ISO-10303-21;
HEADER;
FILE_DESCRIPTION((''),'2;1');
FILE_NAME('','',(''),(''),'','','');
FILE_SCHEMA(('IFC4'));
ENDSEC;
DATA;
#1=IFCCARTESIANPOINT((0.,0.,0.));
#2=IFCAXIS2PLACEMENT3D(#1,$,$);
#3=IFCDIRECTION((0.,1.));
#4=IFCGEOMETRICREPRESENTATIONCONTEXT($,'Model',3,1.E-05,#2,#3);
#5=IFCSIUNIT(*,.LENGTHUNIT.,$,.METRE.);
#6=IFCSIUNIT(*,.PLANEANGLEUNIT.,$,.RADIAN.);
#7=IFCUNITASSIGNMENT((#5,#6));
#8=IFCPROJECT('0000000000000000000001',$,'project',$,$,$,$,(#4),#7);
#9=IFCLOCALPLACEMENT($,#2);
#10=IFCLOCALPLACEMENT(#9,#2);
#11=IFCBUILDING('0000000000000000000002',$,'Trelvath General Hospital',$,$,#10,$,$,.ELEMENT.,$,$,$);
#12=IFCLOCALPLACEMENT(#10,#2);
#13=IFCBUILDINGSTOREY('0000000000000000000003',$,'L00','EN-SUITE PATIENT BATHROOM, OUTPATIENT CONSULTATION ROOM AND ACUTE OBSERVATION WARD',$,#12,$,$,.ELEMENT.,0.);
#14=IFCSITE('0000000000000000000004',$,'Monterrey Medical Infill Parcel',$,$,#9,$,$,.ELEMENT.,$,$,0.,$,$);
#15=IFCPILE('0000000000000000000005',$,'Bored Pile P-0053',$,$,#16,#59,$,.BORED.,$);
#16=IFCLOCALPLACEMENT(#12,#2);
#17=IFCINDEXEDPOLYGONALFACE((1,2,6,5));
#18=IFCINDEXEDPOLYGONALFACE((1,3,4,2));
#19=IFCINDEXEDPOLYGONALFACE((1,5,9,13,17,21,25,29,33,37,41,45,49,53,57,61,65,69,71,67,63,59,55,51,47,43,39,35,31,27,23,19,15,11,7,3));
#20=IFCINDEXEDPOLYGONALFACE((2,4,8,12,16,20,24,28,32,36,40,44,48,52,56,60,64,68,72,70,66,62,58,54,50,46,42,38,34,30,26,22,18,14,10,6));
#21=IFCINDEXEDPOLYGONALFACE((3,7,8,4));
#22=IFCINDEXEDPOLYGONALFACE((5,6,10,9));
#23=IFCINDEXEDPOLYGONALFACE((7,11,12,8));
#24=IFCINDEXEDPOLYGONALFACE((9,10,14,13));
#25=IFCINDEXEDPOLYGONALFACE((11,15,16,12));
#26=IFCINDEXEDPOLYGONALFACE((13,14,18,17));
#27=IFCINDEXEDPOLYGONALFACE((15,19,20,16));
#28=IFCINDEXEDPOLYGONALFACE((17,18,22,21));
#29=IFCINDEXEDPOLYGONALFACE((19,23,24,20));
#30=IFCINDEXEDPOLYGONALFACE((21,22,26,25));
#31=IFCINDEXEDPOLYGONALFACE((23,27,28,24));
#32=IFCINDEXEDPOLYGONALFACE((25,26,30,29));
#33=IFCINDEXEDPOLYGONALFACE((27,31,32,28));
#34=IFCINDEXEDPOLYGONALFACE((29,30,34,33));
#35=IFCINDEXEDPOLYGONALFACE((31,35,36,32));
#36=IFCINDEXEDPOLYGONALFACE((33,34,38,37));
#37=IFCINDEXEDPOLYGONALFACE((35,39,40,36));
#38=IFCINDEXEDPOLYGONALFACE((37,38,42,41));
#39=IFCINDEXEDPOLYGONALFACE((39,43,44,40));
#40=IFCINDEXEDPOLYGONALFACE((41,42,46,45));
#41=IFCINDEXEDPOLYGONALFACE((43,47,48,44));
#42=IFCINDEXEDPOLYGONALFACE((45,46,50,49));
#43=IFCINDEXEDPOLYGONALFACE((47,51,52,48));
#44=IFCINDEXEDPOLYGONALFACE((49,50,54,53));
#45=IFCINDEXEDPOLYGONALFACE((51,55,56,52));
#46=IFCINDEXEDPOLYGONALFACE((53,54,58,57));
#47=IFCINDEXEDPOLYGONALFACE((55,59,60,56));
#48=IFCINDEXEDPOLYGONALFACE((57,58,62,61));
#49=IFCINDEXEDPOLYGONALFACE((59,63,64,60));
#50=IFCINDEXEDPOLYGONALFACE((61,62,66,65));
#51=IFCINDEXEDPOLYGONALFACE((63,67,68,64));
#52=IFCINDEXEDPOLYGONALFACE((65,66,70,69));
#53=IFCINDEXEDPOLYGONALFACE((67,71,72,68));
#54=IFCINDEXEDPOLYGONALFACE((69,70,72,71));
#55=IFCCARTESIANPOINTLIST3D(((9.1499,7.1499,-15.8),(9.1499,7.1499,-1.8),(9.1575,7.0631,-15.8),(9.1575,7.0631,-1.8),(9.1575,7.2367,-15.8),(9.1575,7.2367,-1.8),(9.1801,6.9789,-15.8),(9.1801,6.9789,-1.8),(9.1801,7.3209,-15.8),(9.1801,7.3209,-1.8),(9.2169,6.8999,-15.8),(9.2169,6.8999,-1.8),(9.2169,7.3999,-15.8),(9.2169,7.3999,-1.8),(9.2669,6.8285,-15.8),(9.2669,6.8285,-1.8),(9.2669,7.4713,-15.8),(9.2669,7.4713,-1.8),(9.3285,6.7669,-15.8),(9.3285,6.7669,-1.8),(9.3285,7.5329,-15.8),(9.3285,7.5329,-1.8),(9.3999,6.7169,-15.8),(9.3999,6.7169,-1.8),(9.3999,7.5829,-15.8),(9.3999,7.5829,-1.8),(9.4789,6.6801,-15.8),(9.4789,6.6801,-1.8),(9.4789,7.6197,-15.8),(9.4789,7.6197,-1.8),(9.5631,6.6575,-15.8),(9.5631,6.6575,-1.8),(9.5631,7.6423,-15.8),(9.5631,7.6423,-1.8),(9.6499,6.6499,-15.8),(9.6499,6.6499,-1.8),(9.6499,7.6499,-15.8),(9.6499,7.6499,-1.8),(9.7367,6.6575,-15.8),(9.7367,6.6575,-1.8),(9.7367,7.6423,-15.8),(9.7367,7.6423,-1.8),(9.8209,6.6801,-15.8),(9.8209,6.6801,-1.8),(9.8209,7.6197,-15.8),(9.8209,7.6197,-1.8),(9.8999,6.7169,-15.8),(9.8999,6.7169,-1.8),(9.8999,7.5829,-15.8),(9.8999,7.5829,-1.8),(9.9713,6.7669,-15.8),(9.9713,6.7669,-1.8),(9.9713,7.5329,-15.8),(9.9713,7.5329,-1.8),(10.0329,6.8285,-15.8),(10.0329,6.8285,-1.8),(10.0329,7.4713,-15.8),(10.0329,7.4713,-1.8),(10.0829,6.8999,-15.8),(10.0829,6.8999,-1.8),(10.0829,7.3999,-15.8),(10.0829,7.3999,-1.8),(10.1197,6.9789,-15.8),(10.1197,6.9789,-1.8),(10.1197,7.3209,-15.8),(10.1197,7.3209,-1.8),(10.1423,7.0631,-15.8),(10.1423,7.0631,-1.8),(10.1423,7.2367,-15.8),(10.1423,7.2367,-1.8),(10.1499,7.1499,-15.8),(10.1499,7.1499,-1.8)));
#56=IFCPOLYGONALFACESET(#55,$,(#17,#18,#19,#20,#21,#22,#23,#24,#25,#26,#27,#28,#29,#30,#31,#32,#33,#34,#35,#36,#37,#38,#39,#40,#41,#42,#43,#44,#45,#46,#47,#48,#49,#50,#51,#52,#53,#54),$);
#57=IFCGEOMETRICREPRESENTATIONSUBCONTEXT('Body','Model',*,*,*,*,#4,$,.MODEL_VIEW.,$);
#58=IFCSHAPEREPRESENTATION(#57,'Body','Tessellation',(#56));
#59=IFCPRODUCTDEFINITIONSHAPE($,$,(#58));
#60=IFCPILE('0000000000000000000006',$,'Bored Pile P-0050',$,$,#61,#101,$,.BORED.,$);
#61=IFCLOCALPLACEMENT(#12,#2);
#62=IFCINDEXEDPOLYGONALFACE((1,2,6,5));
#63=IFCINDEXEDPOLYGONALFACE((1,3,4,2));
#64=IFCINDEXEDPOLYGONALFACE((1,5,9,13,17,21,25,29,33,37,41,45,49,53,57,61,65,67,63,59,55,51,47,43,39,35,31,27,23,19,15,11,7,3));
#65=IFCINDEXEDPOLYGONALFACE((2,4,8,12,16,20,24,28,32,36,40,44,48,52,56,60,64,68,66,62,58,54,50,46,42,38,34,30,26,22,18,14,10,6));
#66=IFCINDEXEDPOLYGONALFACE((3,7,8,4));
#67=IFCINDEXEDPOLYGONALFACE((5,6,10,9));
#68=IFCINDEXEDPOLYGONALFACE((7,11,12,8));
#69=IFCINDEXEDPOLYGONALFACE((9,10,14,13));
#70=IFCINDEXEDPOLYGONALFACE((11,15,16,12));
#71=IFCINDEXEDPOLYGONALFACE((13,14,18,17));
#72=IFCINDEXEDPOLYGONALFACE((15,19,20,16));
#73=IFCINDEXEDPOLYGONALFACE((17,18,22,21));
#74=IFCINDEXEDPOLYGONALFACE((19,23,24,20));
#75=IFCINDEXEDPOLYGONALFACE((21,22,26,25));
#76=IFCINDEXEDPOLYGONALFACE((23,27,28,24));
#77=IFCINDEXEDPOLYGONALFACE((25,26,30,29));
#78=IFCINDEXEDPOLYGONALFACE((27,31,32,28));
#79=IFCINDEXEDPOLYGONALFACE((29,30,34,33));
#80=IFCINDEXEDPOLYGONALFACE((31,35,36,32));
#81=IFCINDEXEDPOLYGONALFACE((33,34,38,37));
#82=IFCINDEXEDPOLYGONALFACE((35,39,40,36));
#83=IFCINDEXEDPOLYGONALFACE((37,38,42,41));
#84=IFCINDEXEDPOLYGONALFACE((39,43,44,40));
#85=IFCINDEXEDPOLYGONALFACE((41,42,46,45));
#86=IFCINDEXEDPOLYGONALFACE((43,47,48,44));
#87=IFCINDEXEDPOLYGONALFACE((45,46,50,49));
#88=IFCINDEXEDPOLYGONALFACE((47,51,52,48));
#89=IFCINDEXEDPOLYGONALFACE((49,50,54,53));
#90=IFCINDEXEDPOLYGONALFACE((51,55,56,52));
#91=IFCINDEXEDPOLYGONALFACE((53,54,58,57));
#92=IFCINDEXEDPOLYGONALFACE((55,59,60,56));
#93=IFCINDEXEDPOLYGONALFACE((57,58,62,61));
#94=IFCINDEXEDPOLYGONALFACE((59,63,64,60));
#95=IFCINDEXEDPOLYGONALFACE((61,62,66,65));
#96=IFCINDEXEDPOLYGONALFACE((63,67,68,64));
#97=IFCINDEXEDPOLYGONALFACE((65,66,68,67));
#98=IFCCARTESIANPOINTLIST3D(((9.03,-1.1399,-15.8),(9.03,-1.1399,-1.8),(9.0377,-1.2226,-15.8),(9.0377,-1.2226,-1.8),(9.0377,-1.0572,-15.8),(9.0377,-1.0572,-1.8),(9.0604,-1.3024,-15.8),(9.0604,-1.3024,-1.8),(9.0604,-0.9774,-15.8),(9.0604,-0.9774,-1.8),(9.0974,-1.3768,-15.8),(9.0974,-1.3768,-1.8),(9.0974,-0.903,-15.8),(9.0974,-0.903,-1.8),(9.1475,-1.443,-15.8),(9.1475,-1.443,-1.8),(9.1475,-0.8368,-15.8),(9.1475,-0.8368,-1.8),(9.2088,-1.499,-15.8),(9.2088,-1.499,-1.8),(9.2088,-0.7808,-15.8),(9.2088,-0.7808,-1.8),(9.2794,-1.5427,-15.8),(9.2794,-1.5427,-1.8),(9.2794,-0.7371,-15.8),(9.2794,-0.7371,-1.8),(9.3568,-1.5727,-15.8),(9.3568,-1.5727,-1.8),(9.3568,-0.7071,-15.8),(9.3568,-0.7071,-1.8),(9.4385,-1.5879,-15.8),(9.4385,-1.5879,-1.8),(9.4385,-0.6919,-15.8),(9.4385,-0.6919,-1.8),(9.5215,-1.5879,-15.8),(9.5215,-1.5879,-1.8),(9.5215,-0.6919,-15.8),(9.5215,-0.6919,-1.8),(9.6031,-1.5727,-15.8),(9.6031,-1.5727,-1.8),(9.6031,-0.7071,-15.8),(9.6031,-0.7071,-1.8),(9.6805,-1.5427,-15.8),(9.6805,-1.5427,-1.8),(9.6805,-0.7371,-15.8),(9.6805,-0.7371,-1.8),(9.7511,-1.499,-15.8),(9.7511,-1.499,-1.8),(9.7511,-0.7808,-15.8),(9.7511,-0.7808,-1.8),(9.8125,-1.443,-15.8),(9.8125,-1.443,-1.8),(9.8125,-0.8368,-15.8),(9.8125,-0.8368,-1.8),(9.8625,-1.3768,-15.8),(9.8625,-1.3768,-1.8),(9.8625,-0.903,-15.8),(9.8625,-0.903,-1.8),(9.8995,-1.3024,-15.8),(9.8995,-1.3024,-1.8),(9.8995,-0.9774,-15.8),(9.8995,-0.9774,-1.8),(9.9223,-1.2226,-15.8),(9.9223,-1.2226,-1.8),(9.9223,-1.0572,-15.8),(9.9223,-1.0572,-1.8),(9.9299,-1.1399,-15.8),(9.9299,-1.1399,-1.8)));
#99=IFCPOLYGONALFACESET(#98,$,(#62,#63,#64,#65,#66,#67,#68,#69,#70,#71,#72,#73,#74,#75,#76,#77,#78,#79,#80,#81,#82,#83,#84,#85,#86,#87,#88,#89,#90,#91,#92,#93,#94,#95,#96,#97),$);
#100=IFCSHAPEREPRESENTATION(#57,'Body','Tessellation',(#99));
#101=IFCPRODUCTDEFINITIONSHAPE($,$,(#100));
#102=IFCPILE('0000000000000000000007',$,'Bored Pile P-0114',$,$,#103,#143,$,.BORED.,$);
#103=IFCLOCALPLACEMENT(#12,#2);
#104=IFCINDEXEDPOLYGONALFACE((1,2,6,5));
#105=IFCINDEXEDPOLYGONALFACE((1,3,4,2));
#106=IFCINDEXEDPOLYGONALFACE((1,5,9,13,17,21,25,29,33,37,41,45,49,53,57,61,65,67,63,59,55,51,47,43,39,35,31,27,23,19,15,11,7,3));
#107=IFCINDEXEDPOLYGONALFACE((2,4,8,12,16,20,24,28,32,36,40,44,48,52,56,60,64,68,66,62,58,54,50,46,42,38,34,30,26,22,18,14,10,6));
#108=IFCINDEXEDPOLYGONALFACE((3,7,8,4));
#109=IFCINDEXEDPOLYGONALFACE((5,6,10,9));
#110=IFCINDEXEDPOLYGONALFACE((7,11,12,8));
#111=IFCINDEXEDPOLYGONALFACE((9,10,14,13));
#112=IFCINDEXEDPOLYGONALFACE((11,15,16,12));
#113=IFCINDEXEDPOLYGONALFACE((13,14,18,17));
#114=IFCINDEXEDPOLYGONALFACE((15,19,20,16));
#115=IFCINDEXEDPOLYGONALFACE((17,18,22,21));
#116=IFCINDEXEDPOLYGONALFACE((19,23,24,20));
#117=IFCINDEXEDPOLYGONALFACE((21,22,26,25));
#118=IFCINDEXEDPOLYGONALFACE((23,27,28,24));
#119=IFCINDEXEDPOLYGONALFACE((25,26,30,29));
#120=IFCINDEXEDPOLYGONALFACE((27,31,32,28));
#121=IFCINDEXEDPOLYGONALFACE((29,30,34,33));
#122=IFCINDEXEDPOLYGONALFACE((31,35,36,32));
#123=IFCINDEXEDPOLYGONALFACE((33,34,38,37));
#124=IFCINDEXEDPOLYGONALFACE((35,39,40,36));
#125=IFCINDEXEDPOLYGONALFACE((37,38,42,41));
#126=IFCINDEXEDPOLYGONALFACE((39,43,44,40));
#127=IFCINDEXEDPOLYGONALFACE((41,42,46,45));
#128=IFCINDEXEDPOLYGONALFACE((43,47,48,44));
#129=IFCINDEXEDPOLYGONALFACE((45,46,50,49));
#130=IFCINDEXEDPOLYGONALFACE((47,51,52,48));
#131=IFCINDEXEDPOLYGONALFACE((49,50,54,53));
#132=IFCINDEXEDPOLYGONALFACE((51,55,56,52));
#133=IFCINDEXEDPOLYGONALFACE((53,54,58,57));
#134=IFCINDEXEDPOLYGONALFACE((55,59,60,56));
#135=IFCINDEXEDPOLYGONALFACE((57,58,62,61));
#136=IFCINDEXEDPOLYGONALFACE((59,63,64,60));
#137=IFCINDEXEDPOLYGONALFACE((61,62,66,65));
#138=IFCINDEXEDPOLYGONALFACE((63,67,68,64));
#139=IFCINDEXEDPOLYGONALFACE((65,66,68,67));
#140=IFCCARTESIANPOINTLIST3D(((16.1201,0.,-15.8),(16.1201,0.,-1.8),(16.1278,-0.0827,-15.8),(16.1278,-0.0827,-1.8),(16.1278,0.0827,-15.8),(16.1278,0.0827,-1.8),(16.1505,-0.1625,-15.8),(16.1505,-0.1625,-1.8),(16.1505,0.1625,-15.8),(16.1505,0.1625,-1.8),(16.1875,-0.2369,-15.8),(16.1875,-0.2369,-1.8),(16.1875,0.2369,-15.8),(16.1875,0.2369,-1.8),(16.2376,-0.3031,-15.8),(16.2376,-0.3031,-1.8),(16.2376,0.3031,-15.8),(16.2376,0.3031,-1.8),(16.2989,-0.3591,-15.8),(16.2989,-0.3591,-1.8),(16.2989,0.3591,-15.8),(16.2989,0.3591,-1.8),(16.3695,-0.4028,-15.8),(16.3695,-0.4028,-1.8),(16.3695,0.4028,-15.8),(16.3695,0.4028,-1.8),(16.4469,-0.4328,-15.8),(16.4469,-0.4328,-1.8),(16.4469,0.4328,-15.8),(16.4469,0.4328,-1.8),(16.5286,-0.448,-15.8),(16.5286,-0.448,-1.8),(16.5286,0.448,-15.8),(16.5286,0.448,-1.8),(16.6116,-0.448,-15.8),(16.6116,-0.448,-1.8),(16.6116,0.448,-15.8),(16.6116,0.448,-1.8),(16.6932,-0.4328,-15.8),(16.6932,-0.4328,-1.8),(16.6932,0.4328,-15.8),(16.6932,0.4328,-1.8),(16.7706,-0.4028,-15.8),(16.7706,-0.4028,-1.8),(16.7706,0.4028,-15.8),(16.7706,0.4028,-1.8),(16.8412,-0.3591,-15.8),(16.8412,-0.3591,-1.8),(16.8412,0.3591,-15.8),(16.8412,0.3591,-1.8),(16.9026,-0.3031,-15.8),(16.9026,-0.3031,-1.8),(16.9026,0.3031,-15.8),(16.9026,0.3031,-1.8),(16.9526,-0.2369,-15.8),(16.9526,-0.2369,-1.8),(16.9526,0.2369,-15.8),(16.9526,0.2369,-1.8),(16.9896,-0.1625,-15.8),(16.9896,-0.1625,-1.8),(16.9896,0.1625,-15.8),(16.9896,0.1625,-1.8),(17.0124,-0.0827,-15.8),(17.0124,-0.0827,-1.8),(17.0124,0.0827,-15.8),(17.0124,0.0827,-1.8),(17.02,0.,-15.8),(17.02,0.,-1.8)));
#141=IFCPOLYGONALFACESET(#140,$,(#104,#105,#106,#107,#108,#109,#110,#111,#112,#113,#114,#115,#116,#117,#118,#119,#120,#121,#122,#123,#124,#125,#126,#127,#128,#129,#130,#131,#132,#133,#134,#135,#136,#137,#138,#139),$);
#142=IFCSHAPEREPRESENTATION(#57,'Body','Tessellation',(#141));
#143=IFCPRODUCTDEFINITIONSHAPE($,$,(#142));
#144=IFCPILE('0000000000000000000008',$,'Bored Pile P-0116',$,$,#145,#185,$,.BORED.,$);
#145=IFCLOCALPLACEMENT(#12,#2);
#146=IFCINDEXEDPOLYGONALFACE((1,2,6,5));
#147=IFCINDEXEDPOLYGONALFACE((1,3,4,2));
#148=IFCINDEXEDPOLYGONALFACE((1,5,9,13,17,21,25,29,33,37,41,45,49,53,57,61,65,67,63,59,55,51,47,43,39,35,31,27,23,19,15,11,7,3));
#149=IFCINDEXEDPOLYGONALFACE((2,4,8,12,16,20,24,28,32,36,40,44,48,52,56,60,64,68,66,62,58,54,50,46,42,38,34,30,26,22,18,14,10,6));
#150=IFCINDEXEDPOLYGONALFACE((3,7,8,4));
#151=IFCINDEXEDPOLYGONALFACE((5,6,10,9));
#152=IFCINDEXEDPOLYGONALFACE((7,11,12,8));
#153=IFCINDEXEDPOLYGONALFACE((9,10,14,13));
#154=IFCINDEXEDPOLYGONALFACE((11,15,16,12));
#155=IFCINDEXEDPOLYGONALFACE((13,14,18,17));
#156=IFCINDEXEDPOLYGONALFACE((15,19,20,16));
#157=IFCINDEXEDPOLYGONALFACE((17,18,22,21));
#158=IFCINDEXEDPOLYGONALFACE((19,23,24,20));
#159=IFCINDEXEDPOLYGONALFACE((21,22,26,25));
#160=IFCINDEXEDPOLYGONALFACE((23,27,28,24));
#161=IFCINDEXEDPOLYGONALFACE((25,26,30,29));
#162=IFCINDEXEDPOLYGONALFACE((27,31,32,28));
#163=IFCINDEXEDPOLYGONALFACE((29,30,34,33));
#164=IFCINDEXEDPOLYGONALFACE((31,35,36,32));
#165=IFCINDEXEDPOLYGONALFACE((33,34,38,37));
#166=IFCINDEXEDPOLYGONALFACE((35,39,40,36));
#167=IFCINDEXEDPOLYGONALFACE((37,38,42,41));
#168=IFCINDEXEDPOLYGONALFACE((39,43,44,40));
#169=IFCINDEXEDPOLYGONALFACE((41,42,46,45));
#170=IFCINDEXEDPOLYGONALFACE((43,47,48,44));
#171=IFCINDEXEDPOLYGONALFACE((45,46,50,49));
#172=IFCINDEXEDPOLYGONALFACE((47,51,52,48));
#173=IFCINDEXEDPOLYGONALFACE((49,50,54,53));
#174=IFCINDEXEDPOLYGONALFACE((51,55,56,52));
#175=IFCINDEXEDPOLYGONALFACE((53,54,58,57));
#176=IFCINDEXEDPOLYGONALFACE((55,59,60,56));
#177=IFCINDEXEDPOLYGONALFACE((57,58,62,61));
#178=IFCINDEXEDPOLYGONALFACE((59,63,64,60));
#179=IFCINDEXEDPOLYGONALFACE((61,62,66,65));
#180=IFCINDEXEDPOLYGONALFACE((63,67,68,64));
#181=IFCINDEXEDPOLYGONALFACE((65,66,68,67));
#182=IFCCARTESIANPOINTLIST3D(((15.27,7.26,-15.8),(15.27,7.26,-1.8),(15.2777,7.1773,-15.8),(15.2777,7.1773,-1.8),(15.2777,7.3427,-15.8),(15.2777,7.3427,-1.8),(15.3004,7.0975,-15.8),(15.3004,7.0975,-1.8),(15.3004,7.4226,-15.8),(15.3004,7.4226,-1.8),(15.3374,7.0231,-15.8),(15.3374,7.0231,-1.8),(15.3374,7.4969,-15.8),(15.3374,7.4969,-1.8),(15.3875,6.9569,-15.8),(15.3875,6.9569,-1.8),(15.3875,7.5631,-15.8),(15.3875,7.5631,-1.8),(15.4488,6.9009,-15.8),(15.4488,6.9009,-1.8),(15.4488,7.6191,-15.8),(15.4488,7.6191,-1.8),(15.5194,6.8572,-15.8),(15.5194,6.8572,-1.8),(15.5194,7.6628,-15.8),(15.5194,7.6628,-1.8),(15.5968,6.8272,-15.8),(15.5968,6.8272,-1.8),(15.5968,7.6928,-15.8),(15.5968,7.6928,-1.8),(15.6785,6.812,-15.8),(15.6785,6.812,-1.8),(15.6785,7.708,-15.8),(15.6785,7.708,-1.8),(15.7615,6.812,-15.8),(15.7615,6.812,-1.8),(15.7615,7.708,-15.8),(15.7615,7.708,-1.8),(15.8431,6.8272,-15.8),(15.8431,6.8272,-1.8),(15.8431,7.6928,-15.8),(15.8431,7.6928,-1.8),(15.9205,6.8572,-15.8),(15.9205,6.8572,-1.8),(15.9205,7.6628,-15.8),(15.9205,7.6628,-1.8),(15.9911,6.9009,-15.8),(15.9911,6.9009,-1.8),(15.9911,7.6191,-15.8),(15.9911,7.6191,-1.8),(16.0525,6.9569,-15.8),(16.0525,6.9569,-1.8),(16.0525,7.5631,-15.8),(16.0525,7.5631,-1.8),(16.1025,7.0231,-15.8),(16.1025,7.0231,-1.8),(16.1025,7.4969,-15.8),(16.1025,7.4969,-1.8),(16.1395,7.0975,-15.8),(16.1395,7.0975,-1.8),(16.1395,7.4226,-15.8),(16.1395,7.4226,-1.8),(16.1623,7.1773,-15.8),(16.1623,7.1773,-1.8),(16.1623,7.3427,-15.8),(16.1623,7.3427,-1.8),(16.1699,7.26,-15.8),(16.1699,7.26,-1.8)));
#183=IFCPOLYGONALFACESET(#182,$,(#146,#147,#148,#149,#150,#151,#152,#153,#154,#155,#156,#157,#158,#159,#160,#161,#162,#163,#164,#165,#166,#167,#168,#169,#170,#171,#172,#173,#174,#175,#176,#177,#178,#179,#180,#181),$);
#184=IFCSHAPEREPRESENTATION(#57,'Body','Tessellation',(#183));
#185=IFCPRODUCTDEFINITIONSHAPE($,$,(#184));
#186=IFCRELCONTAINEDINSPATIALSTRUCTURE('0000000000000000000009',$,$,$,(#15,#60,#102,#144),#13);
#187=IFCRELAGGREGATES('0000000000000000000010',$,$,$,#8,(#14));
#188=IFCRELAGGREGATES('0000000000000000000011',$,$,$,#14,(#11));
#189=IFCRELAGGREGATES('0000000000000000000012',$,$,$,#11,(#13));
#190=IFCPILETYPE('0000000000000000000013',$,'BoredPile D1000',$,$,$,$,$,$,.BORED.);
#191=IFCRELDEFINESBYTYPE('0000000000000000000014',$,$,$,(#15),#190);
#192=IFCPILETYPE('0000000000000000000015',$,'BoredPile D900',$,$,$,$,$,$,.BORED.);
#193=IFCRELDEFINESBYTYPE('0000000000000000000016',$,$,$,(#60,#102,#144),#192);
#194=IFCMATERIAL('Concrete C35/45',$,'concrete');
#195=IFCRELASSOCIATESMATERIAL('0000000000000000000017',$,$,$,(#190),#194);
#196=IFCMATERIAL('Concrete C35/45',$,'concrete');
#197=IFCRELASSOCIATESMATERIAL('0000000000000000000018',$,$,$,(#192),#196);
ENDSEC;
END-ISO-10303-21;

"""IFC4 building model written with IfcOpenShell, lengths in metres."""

from ifc_helpers import new_model, si_unit, direction, frame, origin, origin_2d, place, context, subcontext, project, spatial, circle, extrude, material, material_profile, profile_set, type_object, element, save


model = new_model("IFC4")

# Units and contexts
model_context = context("Model", 3, precision=1e-05, world=origin(), true_north=direction((0.0, 1.0)))
body_context = subcontext(model_context, "Body", "Model", "MODEL_VIEW")
ifc_project = project(units=[si_unit("LENGTHUNIT", "METRE"), si_unit("PLANEANGLEUNIT", "RADIAN")], contexts=[model_context])

# Site, building, storey
site_placement = place(None, origin())
site = spatial("IfcSite", under=ifc_project, at=site_placement, Name="Monterrey Medical Infill Parcel", CompositionType="ELEMENT", RefElevation=0.0)
building_placement = place(site_placement, origin())
building = spatial("IfcBuilding", under=site, at=building_placement, Name="Trelvath General Hospital", CompositionType="ELEMENT")
storey_placement = place(building_placement, origin())
storey = spatial("IfcBuildingStorey", under=building, at=storey_placement, Name="L00", Description="EN-SUITE PATIENT BATHROOM, OUTPATIENT CONSULTATION ROOM AND ACUTE OBSERVATION WARD", CompositionType="ELEMENT", Elevation=0.0)

# Piles
ifc_material_1 = material(Name="Concrete C35/45", Category="concrete")
ifc_material_profile_1 = material_profile(ifc_material_1, circle(Radius=0.5, at=origin_2d()), Name="PILE1000")
ifc_profile_set_1 = profile_set([ifc_material_profile_1], Name="Concrete C35/45")
pile_type_1 = type_object("IfcPileType", Name="BoredPile D1000", PredefinedType="BORED", material=ifc_profile_set_1)
pile_placement = place(storey_placement, frame((9.6499, 7.1499, -1.8), z_axis=(0.0, 0.0, -1.0), x_axis=(1.0, 0.0, 0.0)))
element("IfcPile", 1, at=pile_placement, inside=storey, type_object=pile_type_1, Name="Bored Pile P-0053", PredefinedType="BORED", context=body_context, shape_type="SweptSolid", body=[
    extrude(circle(Radius=0.5, at=origin_2d()), origin(), (0.0, 0.0, 1.0), 14.0),
])
ifc_material_2 = material(Name="Concrete C35/45", Category="concrete")
ifc_material_profile_2 = material_profile(ifc_material_2, circle(Radius=0.45, at=origin_2d()), Name="PILE900")
ifc_profile_set_2 = profile_set([ifc_material_profile_2], Name="Concrete C35/45")
pile_type_2 = type_object("IfcPileType", Name="BoredPile D900", PredefinedType="BORED", material=ifc_profile_set_2)
for number, where, z_axis, x_axis, name in (
    (2, (9.48, -1.1399, -1.8), (0.0, 0.0, -1.0), (1.0, 0.0, 0.0), "Bored Pile P-0050"),
    (3, (16.5701, 0.0, -1.8), (0.0, 0.0, -1.0), (1.0, 0.0, 0.0), "Bored Pile P-0114"),
    (4, (15.72, 7.26, -1.8), (0.0, 0.0, -1.0), (1.0, 0.0, 0.0), "Bored Pile P-0116"),
):
    element("IfcPile", number, at=place(storey_placement, frame(where, z_axis=z_axis, x_axis=x_axis)), inside=storey, type_object=pile_type_2, Name=name, PredefinedType="BORED", context=body_context, shape_type="SweptSolid", body=[
        extrude(circle(Radius=0.45, at=origin_2d()), origin(), (0.0, 0.0, 1.0), 14.0),
    ])

save(model, "model.ifc")
